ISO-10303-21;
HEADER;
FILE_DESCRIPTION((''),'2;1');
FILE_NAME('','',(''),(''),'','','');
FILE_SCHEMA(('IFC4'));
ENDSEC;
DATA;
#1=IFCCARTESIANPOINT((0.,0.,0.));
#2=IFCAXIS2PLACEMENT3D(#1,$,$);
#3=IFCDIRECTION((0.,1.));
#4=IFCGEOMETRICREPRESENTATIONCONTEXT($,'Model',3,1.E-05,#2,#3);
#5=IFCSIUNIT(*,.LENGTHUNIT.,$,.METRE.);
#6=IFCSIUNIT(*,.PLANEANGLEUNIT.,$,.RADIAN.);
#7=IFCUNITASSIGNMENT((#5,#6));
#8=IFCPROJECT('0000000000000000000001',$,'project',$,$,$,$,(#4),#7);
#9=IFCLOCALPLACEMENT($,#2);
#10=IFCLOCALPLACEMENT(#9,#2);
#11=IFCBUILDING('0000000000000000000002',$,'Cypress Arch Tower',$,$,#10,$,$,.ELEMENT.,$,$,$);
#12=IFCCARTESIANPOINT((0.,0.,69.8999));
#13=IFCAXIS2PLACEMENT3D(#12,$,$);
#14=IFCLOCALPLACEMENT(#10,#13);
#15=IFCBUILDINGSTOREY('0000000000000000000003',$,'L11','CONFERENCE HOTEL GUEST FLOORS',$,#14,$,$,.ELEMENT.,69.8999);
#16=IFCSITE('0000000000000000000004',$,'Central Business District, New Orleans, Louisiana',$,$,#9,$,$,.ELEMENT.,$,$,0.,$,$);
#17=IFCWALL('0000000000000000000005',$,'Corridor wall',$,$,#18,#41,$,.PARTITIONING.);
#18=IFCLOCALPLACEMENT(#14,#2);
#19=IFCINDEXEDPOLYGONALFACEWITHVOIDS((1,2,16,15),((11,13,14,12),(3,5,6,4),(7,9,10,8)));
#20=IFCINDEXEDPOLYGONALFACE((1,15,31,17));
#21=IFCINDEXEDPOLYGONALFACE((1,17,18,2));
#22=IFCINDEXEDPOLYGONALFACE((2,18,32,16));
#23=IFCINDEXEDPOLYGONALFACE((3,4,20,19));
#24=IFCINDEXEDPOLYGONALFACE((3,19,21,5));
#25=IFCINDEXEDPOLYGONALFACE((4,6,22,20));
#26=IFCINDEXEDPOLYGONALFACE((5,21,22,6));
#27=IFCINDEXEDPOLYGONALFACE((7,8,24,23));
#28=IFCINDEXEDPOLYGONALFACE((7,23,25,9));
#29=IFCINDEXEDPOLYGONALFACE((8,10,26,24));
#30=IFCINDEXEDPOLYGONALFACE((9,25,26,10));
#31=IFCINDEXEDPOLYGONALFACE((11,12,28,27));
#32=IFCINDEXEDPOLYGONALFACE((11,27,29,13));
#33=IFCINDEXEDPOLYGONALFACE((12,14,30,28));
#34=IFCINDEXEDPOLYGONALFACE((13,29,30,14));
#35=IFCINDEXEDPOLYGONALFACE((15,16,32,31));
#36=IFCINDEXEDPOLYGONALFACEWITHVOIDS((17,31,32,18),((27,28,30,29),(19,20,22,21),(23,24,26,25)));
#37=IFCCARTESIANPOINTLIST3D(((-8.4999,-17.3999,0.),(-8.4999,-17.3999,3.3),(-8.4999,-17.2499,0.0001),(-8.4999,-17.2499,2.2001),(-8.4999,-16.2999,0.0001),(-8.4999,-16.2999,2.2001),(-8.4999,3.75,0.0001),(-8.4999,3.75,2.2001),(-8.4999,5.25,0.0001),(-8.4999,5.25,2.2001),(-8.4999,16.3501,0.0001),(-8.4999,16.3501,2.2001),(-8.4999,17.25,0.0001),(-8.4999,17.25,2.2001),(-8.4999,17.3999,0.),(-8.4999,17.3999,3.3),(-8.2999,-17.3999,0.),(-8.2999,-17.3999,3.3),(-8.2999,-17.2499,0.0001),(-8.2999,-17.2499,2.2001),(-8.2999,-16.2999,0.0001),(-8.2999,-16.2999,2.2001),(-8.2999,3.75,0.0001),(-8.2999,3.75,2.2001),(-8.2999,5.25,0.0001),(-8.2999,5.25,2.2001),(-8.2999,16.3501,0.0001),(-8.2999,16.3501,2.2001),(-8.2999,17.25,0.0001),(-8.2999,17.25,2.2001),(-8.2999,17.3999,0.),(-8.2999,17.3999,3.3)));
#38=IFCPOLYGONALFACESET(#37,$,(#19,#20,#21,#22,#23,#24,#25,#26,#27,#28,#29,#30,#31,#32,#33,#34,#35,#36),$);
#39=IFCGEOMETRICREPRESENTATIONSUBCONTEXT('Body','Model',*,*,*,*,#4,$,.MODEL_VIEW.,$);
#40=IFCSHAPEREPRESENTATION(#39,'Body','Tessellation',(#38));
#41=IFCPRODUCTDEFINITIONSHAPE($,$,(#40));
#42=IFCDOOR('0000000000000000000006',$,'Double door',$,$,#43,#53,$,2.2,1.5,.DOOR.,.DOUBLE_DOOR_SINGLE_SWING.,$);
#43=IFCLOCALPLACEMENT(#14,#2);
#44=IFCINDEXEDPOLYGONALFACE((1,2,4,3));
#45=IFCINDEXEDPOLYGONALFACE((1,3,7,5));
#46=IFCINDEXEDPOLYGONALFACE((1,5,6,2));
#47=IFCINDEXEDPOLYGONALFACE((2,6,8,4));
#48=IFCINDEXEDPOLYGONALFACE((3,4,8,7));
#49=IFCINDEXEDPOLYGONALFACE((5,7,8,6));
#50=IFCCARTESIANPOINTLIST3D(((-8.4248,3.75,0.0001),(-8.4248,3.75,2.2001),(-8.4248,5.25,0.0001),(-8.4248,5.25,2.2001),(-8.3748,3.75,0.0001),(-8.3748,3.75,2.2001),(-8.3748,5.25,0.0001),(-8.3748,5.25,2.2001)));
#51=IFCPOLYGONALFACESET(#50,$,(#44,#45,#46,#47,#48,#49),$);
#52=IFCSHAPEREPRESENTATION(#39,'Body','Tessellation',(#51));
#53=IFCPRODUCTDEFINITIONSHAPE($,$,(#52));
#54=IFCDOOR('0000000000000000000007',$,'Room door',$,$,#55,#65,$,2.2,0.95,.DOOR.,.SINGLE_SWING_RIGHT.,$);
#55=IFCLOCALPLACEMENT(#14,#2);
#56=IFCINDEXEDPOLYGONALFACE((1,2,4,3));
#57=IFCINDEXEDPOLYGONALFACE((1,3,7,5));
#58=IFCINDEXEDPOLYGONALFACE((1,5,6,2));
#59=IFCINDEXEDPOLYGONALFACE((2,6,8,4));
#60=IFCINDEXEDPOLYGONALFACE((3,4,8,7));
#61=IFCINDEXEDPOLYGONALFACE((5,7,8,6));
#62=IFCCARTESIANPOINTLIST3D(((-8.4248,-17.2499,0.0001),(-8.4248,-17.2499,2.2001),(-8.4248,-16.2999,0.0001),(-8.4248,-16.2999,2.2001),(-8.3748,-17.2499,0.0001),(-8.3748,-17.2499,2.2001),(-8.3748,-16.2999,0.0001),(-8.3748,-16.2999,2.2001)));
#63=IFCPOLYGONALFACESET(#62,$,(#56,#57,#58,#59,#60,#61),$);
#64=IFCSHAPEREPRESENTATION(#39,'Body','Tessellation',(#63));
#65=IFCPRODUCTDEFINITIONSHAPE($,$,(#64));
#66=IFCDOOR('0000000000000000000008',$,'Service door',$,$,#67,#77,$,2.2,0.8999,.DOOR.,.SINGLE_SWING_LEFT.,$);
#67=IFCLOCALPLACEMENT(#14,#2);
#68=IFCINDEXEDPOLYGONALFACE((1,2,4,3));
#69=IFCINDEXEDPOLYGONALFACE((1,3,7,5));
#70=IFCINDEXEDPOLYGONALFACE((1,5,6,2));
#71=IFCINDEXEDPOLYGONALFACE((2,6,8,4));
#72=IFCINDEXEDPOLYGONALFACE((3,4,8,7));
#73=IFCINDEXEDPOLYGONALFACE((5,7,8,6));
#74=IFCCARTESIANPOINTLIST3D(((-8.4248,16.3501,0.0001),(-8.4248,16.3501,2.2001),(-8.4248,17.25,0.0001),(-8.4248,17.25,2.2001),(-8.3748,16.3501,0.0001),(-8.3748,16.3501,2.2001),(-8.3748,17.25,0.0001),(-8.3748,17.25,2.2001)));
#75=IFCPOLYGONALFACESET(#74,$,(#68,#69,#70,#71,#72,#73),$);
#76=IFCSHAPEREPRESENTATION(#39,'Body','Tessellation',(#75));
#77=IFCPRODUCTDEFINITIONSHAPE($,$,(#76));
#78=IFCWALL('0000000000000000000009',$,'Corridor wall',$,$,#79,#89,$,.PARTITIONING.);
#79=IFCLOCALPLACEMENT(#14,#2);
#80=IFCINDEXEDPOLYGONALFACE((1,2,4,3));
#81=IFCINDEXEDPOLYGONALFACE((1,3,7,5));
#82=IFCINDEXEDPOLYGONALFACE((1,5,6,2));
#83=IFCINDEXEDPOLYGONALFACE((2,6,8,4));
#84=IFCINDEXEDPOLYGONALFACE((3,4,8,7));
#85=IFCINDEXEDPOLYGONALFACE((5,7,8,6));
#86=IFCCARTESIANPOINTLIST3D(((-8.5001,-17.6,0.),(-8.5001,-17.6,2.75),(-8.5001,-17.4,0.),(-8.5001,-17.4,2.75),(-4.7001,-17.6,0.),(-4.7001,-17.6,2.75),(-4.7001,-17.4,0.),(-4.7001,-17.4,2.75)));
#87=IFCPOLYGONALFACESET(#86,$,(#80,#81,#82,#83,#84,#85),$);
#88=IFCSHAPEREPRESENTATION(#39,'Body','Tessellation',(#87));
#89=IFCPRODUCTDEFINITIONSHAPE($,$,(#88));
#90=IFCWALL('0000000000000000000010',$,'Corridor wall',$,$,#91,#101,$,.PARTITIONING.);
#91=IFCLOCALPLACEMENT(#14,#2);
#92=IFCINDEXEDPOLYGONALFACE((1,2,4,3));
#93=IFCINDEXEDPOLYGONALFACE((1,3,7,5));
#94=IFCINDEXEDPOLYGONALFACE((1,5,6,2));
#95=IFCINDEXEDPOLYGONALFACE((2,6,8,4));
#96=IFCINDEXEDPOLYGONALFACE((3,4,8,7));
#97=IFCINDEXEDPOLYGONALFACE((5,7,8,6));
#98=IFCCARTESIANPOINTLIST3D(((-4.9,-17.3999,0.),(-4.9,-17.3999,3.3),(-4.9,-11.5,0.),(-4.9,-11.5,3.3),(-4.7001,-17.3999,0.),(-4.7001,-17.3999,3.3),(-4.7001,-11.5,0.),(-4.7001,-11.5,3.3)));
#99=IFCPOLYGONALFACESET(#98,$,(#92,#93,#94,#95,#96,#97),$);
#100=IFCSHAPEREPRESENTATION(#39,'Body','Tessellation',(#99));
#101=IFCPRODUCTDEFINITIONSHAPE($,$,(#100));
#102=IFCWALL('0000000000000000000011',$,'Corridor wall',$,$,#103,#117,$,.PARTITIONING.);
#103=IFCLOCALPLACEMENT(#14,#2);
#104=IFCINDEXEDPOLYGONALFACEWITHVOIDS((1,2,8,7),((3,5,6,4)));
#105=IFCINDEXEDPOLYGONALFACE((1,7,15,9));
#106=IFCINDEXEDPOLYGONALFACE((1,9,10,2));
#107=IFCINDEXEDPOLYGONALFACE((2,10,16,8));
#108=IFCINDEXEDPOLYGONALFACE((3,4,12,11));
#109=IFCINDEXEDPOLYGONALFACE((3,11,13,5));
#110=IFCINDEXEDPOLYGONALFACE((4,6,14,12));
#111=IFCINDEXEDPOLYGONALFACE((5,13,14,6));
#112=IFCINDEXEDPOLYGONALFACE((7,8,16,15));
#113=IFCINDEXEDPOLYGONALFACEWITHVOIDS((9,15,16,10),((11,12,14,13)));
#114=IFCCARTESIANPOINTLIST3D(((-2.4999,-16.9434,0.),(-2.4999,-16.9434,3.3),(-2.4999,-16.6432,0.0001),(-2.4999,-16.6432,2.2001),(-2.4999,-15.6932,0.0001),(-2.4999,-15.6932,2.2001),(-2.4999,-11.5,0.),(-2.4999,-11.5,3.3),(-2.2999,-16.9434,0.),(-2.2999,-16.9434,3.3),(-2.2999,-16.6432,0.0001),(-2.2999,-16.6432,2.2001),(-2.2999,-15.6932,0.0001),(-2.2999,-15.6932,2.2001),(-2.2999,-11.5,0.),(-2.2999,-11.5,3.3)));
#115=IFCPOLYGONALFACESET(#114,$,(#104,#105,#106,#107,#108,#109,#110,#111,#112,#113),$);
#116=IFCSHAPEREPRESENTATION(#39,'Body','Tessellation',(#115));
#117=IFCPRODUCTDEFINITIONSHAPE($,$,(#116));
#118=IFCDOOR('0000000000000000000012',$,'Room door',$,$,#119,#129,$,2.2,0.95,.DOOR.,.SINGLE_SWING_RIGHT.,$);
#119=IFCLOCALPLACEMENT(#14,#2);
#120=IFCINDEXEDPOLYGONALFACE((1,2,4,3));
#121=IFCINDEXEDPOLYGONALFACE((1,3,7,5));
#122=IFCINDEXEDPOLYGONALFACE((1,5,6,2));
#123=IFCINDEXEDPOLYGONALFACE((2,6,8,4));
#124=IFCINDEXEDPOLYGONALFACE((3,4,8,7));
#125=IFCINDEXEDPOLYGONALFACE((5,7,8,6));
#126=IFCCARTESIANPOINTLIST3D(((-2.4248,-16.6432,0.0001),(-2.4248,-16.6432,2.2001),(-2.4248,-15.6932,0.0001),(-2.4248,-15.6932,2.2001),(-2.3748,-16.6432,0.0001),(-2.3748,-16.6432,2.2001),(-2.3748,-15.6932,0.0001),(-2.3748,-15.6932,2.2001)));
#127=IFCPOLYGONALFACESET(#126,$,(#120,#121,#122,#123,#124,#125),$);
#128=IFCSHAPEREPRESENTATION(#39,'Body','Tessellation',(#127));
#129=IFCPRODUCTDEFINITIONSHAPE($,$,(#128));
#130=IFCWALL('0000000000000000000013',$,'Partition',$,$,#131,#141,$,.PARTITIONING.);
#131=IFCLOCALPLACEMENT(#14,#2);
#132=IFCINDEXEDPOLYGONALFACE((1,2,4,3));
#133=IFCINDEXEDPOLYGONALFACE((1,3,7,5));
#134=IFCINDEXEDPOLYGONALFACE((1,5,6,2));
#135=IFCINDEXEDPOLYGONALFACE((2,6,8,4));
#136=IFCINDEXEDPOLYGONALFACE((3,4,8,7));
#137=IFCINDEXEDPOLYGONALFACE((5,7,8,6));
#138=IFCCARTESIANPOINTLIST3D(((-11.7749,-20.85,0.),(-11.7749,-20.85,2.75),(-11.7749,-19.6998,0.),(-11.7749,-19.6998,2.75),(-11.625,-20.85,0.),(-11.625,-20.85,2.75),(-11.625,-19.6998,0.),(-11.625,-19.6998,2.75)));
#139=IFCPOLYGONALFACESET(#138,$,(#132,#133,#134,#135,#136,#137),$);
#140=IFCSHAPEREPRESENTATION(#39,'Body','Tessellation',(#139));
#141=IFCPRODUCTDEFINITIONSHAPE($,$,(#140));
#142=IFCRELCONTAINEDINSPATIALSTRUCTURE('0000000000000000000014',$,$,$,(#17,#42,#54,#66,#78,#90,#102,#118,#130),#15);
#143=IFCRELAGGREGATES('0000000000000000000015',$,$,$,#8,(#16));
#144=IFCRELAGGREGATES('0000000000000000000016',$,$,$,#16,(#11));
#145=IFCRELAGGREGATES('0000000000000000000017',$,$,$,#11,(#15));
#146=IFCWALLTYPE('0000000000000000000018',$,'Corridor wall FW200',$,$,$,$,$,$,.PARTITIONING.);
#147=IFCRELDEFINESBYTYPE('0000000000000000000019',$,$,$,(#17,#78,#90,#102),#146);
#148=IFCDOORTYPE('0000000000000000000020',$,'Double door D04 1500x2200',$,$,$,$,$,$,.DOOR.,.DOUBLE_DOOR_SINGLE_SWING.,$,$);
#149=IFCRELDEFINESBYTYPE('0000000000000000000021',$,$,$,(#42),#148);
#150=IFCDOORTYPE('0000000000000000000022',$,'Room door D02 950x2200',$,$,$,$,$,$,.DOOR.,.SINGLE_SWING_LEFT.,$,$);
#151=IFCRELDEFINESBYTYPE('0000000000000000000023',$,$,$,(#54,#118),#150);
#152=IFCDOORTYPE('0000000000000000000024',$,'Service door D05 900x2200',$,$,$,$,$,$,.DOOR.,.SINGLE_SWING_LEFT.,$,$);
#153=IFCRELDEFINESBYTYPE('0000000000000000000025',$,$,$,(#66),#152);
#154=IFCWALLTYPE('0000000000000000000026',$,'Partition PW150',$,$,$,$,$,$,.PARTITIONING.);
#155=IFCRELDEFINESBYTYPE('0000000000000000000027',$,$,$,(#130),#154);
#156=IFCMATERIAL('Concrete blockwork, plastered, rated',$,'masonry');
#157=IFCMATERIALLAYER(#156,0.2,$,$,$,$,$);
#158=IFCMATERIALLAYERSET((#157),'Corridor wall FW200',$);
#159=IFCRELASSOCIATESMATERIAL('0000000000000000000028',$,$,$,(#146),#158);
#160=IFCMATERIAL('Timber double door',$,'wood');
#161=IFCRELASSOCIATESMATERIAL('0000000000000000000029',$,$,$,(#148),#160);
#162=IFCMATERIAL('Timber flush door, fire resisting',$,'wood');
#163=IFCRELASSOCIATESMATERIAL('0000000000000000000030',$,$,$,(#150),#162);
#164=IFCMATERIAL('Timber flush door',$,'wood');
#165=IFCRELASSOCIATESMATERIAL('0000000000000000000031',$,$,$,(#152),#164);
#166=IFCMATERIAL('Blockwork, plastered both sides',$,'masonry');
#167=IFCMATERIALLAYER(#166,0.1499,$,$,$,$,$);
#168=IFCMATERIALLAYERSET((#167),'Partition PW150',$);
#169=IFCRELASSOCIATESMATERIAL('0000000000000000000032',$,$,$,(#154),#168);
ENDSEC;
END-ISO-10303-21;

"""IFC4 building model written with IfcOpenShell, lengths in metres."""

from ifc_helpers import new_model, si_unit, direction, frame, frame_2d, origin, place, context, subcontext, project, spatial, rectangle, extrude, material, layer, layer_set, type_object, element, fill, save


model = new_model("IFC4")

# Units and contexts
model_context = context("Model", 3, precision=1e-05, world=origin(), true_north=direction((0.0, 1.0)))
body_context = subcontext(model_context, "Body", "Model", "MODEL_VIEW")
ifc_project = project(units=[si_unit("LENGTHUNIT", "METRE"), si_unit("PLANEANGLEUNIT", "RADIAN")], contexts=[model_context])

# Site, building, storey
site_placement = place(None, origin())
site = spatial("IfcSite", under=ifc_project, at=site_placement, Name="Central Business District, New Orleans, Louisiana", CompositionType="ELEMENT", RefElevation=0.0)
building_placement = place(site_placement, origin())
building = spatial("IfcBuilding", under=site, at=building_placement, Name="Cypress Arch Tower", CompositionType="ELEMENT")
storey_placement = place(building_placement, frame((0.0, 0.0, 69.8999)))
storey = spatial("IfcBuildingStorey", under=building, at=storey_placement, Name="L11", Description="CONFERENCE HOTEL GUEST FLOORS", CompositionType="ELEMENT", Elevation=69.8999)

# Wall, openings, doors
ifc_material_1 = material(Name="Concrete blockwork, plastered, rated", Category="masonry")
ifc_layer_1 = layer(ifc_material_1, 0.2)
ifc_layer_set_1 = layer_set([ifc_layer_1], Name="Corridor wall FW200")
wall_type_1 = type_object("IfcWallType", Name="Corridor wall FW200", PredefinedType="PARTITIONING", material=ifc_layer_set_1)
wall_1_placement = place(storey_placement, frame((-8.3999, -17.3999, 0.0), z_axis=(0.0, 0.0, 1.0), x_axis=(0.0, 1.0, 0.0)))
wall_1 = element("IfcWall", 1, at=wall_1_placement, inside=storey, type_object=wall_type_1, Name="Corridor wall", PredefinedType="PARTITIONING", context=body_context, shape_type="SweptSolid", body=[
    extrude(rectangle(XDim=34.7998, YDim=0.2, at=frame_2d((17.3999, 0.0))), origin(), (0.0, 0.0, 1.0), 3.3),
])
opening_1_placement = place(wall_1_placement, frame((21.1499, 0.0, 0.0)))
opening_1 = element("IfcOpeningElement", 2, at=opening_1_placement, cuts=wall_1, PredefinedType="OPENING", context=body_context, shape_type="SweptSolid", body=[
    extrude(rectangle(XDim=1.5, YDim=2.2, at=frame_2d((0.75, 1.1001))), frame((0.0, 0.1099, 0.0), z_axis=(0.0, -1.0, 0.0), x_axis=(1.0, 0.0, 0.0)), (0.0, 0.0, 1.0), 0.22),
])
opening_2_placement = place(wall_1_placement, frame((33.75, 0.0, 0.0)))
opening_2 = element("IfcOpeningElement", 3, at=opening_2_placement, cuts=wall_1, PredefinedType="OPENING", context=body_context, shape_type="SweptSolid", body=[
    extrude(rectangle(XDim=0.8999, YDim=2.2, at=frame_2d((0.45, 1.1001))), frame((0.0, 0.1099, 0.0), z_axis=(0.0, -1.0, 0.0), x_axis=(1.0, 0.0, 0.0)), (0.0, 0.0, 1.0), 0.22),
])
opening_3_placement = place(wall_1_placement, frame((0.1499, 0.0, 0.0)))
opening_3 = element("IfcOpeningElement", 4, at=opening_3_placement, cuts=wall_1, PredefinedType="OPENING", context=body_context, shape_type="SweptSolid", body=[
    extrude(rectangle(XDim=0.95, YDim=2.2, at=frame_2d((0.4751, 1.1001))), frame((0.0, 0.1099, 0.0), z_axis=(0.0, -1.0, 0.0), x_axis=(1.0, 0.0, 0.0)), (0.0, 0.0, 1.0), 0.22),
])
ifc_material_2 = material(Name="Timber double door", Category="wood")
door_type_1 = type_object("IfcDoorType", Name="Double door D04 1500x2200", OperationType="DOUBLE_DOOR_SINGLE_SWING", PredefinedType="DOOR", material=ifc_material_2)
door_1_placement = place(opening_1_placement, origin())
door_1 = element("IfcDoor", 5, at=door_1_placement, inside=storey, type_object=door_type_1, Name="Double door", OperationType="DOUBLE_DOOR_SINGLE_SWING", OverallHeight=2.2, OverallWidth=1.5, PredefinedType="DOOR", context=body_context, shape_type="SweptSolid", body=[
    extrude(rectangle(XDim=1.5, YDim=2.2, at=frame_2d((0.75, 1.1001))), frame((0.0, 0.0249, 0.0), z_axis=(0.0, -1.0, 0.0), x_axis=(1.0, 0.0, 0.0)), (0.0, 0.0, 1.0), 0.05),
])
fill(opening_1, door_1)
ifc_material_3 = material(Name="Timber flush door, fire resisting", Category="wood")
door_type_2 = type_object("IfcDoorType", Name="Room door D02 950x2200", OperationType="SINGLE_SWING_LEFT", PredefinedType="DOOR", material=ifc_material_3)
door_2_placement = place(opening_3_placement, origin())
door_2 = element("IfcDoor", 6, at=door_2_placement, inside=storey, type_object=door_type_2, Name="Room door", OperationType="SINGLE_SWING_RIGHT", OverallHeight=2.2, OverallWidth=0.95, PredefinedType="DOOR", context=body_context, shape_type="SweptSolid", body=[
    extrude(rectangle(XDim=0.95, YDim=2.2, at=frame_2d((0.4751, 1.1001))), frame((0.0, 0.0249, 0.0), z_axis=(0.0, -1.0, 0.0), x_axis=(1.0, 0.0, 0.0)), (0.0, 0.0, 1.0), 0.05),
])
fill(opening_3, door_2)
ifc_material_4 = material(Name="Timber flush door", Category="wood")
door_type_3 = type_object("IfcDoorType", Name="Service door D05 900x2200", OperationType="SINGLE_SWING_LEFT", PredefinedType="DOOR", material=ifc_material_4)
door_3_placement = place(opening_2_placement, origin())
door_3 = element("IfcDoor", 7, at=door_3_placement, inside=storey, type_object=door_type_3, Name="Service door", OperationType="SINGLE_SWING_LEFT", OverallHeight=2.2, OverallWidth=0.8999, PredefinedType="DOOR", context=body_context, shape_type="SweptSolid", body=[
    extrude(rectangle(XDim=0.8999, YDim=2.2, at=frame_2d((0.45, 1.1001))), frame((0.0, 0.0249, 0.0), z_axis=(0.0, -1.0, 0.0), x_axis=(1.0, 0.0, 0.0)), (0.0, 0.0, 1.0), 0.05),
])
fill(opening_2, door_3)

# Walls
wall_2_placement = place(storey_placement, frame((-8.5, -17.5, 0.0), z_axis=(0.0, 0.0, 1.0), x_axis=(1.0, 0.0, 0.0)))
element("IfcWall", 8, at=wall_2_placement, inside=storey, type_object=wall_type_1, Name="Corridor wall", PredefinedType="PARTITIONING", context=body_context, shape_type="SweptSolid", body=[
    extrude(rectangle(XDim=3.8, YDim=0.2, at=frame_2d((1.8999, 0.0))), origin(), (0.0, 0.0, 1.0), 2.75),
])
wall_3_placement = place(storey_placement, frame((-4.8, -17.3999, 0.0), z_axis=(0.0, 0.0, 1.0), x_axis=(0.0, 1.0, 0.0)))
element("IfcWall", 9, at=wall_3_placement, inside=storey, type_object=wall_type_1, Name="Corridor wall", PredefinedType="PARTITIONING", context=body_context, shape_type="SweptSolid", body=[
    extrude(rectangle(XDim=5.8999, YDim=0.2, at=frame_2d((2.95, 0.0))), origin(), (0.0, 0.0, 1.0), 3.3),
])

# Wall, opening, door
wall_4_placement = place(storey_placement, frame((-2.3999, -16.9434, 0.0), z_axis=(0.0, 0.0, 1.0), x_axis=(0.0, 1.0, 0.0)))
wall_4 = element("IfcWall", 10, at=wall_4_placement, inside=storey, type_object=wall_type_1, Name="Corridor wall", PredefinedType="PARTITIONING", context=body_context, shape_type="SweptSolid", body=[
    extrude(rectangle(XDim=5.4434, YDim=0.2, at=frame_2d((2.7217, 0.0))), origin(), (0.0, 0.0, 1.0), 3.3),
])
opening_4_placement = place(wall_4_placement, frame((0.3, 0.0, 0.0)))
opening_4 = element("IfcOpeningElement", 11, at=opening_4_placement, cuts=wall_4, PredefinedType="OPENING", context=body_context, shape_type="SweptSolid", body=[
    extrude(rectangle(XDim=0.95, YDim=2.2, at=frame_2d((0.4751, 1.1001))), frame((0.0, 0.1099, 0.0), z_axis=(0.0, -1.0, 0.0), x_axis=(1.0, 0.0, 0.0)), (0.0, 0.0, 1.0), 0.22),
])
door_4_placement = place(opening_4_placement, origin())
door_4 = element("IfcDoor", 12, at=door_4_placement, inside=storey, type_object=door_type_2, Name="Room door", OperationType="SINGLE_SWING_RIGHT", OverallHeight=2.2, OverallWidth=0.95, PredefinedType="DOOR", context=body_context, shape_type="SweptSolid", body=[
    extrude(rectangle(XDim=0.95, YDim=2.2, at=frame_2d((0.4751, 1.1001))), frame((0.0, 0.0249, 0.0), z_axis=(0.0, -1.0, 0.0), x_axis=(1.0, 0.0, 0.0)), (0.0, 0.0, 1.0), 0.05),
])
fill(opening_4, door_4)

# Wall
ifc_material_5 = material(Name="Blockwork, plastered both sides", Category="masonry")
ifc_layer_2 = layer(ifc_material_5, 0.1499)
ifc_layer_set_2 = layer_set([ifc_layer_2], Name="Partition PW150")
wall_type_2 = type_object("IfcWallType", Name="Partition PW150", PredefinedType="PARTITIONING", material=ifc_layer_set_2)
wall_5_placement = place(storey_placement, frame((-11.7, -20.8501, 0.0), z_axis=(0.0, 0.0, 1.0), x_axis=(0.0, 1.0, 0.0)))
element("IfcWall", 13, at=wall_5_placement, inside=storey, type_object=wall_type_2, Name="Partition", PredefinedType="PARTITIONING", context=body_context, shape_type="SweptSolid", body=[
    extrude(rectangle(XDim=1.1501, YDim=0.1499, at=frame_2d((0.5752, 0.0))), origin(), (0.0, 0.0, 1.0), 2.75),
])

save(model, "model.ifc")
